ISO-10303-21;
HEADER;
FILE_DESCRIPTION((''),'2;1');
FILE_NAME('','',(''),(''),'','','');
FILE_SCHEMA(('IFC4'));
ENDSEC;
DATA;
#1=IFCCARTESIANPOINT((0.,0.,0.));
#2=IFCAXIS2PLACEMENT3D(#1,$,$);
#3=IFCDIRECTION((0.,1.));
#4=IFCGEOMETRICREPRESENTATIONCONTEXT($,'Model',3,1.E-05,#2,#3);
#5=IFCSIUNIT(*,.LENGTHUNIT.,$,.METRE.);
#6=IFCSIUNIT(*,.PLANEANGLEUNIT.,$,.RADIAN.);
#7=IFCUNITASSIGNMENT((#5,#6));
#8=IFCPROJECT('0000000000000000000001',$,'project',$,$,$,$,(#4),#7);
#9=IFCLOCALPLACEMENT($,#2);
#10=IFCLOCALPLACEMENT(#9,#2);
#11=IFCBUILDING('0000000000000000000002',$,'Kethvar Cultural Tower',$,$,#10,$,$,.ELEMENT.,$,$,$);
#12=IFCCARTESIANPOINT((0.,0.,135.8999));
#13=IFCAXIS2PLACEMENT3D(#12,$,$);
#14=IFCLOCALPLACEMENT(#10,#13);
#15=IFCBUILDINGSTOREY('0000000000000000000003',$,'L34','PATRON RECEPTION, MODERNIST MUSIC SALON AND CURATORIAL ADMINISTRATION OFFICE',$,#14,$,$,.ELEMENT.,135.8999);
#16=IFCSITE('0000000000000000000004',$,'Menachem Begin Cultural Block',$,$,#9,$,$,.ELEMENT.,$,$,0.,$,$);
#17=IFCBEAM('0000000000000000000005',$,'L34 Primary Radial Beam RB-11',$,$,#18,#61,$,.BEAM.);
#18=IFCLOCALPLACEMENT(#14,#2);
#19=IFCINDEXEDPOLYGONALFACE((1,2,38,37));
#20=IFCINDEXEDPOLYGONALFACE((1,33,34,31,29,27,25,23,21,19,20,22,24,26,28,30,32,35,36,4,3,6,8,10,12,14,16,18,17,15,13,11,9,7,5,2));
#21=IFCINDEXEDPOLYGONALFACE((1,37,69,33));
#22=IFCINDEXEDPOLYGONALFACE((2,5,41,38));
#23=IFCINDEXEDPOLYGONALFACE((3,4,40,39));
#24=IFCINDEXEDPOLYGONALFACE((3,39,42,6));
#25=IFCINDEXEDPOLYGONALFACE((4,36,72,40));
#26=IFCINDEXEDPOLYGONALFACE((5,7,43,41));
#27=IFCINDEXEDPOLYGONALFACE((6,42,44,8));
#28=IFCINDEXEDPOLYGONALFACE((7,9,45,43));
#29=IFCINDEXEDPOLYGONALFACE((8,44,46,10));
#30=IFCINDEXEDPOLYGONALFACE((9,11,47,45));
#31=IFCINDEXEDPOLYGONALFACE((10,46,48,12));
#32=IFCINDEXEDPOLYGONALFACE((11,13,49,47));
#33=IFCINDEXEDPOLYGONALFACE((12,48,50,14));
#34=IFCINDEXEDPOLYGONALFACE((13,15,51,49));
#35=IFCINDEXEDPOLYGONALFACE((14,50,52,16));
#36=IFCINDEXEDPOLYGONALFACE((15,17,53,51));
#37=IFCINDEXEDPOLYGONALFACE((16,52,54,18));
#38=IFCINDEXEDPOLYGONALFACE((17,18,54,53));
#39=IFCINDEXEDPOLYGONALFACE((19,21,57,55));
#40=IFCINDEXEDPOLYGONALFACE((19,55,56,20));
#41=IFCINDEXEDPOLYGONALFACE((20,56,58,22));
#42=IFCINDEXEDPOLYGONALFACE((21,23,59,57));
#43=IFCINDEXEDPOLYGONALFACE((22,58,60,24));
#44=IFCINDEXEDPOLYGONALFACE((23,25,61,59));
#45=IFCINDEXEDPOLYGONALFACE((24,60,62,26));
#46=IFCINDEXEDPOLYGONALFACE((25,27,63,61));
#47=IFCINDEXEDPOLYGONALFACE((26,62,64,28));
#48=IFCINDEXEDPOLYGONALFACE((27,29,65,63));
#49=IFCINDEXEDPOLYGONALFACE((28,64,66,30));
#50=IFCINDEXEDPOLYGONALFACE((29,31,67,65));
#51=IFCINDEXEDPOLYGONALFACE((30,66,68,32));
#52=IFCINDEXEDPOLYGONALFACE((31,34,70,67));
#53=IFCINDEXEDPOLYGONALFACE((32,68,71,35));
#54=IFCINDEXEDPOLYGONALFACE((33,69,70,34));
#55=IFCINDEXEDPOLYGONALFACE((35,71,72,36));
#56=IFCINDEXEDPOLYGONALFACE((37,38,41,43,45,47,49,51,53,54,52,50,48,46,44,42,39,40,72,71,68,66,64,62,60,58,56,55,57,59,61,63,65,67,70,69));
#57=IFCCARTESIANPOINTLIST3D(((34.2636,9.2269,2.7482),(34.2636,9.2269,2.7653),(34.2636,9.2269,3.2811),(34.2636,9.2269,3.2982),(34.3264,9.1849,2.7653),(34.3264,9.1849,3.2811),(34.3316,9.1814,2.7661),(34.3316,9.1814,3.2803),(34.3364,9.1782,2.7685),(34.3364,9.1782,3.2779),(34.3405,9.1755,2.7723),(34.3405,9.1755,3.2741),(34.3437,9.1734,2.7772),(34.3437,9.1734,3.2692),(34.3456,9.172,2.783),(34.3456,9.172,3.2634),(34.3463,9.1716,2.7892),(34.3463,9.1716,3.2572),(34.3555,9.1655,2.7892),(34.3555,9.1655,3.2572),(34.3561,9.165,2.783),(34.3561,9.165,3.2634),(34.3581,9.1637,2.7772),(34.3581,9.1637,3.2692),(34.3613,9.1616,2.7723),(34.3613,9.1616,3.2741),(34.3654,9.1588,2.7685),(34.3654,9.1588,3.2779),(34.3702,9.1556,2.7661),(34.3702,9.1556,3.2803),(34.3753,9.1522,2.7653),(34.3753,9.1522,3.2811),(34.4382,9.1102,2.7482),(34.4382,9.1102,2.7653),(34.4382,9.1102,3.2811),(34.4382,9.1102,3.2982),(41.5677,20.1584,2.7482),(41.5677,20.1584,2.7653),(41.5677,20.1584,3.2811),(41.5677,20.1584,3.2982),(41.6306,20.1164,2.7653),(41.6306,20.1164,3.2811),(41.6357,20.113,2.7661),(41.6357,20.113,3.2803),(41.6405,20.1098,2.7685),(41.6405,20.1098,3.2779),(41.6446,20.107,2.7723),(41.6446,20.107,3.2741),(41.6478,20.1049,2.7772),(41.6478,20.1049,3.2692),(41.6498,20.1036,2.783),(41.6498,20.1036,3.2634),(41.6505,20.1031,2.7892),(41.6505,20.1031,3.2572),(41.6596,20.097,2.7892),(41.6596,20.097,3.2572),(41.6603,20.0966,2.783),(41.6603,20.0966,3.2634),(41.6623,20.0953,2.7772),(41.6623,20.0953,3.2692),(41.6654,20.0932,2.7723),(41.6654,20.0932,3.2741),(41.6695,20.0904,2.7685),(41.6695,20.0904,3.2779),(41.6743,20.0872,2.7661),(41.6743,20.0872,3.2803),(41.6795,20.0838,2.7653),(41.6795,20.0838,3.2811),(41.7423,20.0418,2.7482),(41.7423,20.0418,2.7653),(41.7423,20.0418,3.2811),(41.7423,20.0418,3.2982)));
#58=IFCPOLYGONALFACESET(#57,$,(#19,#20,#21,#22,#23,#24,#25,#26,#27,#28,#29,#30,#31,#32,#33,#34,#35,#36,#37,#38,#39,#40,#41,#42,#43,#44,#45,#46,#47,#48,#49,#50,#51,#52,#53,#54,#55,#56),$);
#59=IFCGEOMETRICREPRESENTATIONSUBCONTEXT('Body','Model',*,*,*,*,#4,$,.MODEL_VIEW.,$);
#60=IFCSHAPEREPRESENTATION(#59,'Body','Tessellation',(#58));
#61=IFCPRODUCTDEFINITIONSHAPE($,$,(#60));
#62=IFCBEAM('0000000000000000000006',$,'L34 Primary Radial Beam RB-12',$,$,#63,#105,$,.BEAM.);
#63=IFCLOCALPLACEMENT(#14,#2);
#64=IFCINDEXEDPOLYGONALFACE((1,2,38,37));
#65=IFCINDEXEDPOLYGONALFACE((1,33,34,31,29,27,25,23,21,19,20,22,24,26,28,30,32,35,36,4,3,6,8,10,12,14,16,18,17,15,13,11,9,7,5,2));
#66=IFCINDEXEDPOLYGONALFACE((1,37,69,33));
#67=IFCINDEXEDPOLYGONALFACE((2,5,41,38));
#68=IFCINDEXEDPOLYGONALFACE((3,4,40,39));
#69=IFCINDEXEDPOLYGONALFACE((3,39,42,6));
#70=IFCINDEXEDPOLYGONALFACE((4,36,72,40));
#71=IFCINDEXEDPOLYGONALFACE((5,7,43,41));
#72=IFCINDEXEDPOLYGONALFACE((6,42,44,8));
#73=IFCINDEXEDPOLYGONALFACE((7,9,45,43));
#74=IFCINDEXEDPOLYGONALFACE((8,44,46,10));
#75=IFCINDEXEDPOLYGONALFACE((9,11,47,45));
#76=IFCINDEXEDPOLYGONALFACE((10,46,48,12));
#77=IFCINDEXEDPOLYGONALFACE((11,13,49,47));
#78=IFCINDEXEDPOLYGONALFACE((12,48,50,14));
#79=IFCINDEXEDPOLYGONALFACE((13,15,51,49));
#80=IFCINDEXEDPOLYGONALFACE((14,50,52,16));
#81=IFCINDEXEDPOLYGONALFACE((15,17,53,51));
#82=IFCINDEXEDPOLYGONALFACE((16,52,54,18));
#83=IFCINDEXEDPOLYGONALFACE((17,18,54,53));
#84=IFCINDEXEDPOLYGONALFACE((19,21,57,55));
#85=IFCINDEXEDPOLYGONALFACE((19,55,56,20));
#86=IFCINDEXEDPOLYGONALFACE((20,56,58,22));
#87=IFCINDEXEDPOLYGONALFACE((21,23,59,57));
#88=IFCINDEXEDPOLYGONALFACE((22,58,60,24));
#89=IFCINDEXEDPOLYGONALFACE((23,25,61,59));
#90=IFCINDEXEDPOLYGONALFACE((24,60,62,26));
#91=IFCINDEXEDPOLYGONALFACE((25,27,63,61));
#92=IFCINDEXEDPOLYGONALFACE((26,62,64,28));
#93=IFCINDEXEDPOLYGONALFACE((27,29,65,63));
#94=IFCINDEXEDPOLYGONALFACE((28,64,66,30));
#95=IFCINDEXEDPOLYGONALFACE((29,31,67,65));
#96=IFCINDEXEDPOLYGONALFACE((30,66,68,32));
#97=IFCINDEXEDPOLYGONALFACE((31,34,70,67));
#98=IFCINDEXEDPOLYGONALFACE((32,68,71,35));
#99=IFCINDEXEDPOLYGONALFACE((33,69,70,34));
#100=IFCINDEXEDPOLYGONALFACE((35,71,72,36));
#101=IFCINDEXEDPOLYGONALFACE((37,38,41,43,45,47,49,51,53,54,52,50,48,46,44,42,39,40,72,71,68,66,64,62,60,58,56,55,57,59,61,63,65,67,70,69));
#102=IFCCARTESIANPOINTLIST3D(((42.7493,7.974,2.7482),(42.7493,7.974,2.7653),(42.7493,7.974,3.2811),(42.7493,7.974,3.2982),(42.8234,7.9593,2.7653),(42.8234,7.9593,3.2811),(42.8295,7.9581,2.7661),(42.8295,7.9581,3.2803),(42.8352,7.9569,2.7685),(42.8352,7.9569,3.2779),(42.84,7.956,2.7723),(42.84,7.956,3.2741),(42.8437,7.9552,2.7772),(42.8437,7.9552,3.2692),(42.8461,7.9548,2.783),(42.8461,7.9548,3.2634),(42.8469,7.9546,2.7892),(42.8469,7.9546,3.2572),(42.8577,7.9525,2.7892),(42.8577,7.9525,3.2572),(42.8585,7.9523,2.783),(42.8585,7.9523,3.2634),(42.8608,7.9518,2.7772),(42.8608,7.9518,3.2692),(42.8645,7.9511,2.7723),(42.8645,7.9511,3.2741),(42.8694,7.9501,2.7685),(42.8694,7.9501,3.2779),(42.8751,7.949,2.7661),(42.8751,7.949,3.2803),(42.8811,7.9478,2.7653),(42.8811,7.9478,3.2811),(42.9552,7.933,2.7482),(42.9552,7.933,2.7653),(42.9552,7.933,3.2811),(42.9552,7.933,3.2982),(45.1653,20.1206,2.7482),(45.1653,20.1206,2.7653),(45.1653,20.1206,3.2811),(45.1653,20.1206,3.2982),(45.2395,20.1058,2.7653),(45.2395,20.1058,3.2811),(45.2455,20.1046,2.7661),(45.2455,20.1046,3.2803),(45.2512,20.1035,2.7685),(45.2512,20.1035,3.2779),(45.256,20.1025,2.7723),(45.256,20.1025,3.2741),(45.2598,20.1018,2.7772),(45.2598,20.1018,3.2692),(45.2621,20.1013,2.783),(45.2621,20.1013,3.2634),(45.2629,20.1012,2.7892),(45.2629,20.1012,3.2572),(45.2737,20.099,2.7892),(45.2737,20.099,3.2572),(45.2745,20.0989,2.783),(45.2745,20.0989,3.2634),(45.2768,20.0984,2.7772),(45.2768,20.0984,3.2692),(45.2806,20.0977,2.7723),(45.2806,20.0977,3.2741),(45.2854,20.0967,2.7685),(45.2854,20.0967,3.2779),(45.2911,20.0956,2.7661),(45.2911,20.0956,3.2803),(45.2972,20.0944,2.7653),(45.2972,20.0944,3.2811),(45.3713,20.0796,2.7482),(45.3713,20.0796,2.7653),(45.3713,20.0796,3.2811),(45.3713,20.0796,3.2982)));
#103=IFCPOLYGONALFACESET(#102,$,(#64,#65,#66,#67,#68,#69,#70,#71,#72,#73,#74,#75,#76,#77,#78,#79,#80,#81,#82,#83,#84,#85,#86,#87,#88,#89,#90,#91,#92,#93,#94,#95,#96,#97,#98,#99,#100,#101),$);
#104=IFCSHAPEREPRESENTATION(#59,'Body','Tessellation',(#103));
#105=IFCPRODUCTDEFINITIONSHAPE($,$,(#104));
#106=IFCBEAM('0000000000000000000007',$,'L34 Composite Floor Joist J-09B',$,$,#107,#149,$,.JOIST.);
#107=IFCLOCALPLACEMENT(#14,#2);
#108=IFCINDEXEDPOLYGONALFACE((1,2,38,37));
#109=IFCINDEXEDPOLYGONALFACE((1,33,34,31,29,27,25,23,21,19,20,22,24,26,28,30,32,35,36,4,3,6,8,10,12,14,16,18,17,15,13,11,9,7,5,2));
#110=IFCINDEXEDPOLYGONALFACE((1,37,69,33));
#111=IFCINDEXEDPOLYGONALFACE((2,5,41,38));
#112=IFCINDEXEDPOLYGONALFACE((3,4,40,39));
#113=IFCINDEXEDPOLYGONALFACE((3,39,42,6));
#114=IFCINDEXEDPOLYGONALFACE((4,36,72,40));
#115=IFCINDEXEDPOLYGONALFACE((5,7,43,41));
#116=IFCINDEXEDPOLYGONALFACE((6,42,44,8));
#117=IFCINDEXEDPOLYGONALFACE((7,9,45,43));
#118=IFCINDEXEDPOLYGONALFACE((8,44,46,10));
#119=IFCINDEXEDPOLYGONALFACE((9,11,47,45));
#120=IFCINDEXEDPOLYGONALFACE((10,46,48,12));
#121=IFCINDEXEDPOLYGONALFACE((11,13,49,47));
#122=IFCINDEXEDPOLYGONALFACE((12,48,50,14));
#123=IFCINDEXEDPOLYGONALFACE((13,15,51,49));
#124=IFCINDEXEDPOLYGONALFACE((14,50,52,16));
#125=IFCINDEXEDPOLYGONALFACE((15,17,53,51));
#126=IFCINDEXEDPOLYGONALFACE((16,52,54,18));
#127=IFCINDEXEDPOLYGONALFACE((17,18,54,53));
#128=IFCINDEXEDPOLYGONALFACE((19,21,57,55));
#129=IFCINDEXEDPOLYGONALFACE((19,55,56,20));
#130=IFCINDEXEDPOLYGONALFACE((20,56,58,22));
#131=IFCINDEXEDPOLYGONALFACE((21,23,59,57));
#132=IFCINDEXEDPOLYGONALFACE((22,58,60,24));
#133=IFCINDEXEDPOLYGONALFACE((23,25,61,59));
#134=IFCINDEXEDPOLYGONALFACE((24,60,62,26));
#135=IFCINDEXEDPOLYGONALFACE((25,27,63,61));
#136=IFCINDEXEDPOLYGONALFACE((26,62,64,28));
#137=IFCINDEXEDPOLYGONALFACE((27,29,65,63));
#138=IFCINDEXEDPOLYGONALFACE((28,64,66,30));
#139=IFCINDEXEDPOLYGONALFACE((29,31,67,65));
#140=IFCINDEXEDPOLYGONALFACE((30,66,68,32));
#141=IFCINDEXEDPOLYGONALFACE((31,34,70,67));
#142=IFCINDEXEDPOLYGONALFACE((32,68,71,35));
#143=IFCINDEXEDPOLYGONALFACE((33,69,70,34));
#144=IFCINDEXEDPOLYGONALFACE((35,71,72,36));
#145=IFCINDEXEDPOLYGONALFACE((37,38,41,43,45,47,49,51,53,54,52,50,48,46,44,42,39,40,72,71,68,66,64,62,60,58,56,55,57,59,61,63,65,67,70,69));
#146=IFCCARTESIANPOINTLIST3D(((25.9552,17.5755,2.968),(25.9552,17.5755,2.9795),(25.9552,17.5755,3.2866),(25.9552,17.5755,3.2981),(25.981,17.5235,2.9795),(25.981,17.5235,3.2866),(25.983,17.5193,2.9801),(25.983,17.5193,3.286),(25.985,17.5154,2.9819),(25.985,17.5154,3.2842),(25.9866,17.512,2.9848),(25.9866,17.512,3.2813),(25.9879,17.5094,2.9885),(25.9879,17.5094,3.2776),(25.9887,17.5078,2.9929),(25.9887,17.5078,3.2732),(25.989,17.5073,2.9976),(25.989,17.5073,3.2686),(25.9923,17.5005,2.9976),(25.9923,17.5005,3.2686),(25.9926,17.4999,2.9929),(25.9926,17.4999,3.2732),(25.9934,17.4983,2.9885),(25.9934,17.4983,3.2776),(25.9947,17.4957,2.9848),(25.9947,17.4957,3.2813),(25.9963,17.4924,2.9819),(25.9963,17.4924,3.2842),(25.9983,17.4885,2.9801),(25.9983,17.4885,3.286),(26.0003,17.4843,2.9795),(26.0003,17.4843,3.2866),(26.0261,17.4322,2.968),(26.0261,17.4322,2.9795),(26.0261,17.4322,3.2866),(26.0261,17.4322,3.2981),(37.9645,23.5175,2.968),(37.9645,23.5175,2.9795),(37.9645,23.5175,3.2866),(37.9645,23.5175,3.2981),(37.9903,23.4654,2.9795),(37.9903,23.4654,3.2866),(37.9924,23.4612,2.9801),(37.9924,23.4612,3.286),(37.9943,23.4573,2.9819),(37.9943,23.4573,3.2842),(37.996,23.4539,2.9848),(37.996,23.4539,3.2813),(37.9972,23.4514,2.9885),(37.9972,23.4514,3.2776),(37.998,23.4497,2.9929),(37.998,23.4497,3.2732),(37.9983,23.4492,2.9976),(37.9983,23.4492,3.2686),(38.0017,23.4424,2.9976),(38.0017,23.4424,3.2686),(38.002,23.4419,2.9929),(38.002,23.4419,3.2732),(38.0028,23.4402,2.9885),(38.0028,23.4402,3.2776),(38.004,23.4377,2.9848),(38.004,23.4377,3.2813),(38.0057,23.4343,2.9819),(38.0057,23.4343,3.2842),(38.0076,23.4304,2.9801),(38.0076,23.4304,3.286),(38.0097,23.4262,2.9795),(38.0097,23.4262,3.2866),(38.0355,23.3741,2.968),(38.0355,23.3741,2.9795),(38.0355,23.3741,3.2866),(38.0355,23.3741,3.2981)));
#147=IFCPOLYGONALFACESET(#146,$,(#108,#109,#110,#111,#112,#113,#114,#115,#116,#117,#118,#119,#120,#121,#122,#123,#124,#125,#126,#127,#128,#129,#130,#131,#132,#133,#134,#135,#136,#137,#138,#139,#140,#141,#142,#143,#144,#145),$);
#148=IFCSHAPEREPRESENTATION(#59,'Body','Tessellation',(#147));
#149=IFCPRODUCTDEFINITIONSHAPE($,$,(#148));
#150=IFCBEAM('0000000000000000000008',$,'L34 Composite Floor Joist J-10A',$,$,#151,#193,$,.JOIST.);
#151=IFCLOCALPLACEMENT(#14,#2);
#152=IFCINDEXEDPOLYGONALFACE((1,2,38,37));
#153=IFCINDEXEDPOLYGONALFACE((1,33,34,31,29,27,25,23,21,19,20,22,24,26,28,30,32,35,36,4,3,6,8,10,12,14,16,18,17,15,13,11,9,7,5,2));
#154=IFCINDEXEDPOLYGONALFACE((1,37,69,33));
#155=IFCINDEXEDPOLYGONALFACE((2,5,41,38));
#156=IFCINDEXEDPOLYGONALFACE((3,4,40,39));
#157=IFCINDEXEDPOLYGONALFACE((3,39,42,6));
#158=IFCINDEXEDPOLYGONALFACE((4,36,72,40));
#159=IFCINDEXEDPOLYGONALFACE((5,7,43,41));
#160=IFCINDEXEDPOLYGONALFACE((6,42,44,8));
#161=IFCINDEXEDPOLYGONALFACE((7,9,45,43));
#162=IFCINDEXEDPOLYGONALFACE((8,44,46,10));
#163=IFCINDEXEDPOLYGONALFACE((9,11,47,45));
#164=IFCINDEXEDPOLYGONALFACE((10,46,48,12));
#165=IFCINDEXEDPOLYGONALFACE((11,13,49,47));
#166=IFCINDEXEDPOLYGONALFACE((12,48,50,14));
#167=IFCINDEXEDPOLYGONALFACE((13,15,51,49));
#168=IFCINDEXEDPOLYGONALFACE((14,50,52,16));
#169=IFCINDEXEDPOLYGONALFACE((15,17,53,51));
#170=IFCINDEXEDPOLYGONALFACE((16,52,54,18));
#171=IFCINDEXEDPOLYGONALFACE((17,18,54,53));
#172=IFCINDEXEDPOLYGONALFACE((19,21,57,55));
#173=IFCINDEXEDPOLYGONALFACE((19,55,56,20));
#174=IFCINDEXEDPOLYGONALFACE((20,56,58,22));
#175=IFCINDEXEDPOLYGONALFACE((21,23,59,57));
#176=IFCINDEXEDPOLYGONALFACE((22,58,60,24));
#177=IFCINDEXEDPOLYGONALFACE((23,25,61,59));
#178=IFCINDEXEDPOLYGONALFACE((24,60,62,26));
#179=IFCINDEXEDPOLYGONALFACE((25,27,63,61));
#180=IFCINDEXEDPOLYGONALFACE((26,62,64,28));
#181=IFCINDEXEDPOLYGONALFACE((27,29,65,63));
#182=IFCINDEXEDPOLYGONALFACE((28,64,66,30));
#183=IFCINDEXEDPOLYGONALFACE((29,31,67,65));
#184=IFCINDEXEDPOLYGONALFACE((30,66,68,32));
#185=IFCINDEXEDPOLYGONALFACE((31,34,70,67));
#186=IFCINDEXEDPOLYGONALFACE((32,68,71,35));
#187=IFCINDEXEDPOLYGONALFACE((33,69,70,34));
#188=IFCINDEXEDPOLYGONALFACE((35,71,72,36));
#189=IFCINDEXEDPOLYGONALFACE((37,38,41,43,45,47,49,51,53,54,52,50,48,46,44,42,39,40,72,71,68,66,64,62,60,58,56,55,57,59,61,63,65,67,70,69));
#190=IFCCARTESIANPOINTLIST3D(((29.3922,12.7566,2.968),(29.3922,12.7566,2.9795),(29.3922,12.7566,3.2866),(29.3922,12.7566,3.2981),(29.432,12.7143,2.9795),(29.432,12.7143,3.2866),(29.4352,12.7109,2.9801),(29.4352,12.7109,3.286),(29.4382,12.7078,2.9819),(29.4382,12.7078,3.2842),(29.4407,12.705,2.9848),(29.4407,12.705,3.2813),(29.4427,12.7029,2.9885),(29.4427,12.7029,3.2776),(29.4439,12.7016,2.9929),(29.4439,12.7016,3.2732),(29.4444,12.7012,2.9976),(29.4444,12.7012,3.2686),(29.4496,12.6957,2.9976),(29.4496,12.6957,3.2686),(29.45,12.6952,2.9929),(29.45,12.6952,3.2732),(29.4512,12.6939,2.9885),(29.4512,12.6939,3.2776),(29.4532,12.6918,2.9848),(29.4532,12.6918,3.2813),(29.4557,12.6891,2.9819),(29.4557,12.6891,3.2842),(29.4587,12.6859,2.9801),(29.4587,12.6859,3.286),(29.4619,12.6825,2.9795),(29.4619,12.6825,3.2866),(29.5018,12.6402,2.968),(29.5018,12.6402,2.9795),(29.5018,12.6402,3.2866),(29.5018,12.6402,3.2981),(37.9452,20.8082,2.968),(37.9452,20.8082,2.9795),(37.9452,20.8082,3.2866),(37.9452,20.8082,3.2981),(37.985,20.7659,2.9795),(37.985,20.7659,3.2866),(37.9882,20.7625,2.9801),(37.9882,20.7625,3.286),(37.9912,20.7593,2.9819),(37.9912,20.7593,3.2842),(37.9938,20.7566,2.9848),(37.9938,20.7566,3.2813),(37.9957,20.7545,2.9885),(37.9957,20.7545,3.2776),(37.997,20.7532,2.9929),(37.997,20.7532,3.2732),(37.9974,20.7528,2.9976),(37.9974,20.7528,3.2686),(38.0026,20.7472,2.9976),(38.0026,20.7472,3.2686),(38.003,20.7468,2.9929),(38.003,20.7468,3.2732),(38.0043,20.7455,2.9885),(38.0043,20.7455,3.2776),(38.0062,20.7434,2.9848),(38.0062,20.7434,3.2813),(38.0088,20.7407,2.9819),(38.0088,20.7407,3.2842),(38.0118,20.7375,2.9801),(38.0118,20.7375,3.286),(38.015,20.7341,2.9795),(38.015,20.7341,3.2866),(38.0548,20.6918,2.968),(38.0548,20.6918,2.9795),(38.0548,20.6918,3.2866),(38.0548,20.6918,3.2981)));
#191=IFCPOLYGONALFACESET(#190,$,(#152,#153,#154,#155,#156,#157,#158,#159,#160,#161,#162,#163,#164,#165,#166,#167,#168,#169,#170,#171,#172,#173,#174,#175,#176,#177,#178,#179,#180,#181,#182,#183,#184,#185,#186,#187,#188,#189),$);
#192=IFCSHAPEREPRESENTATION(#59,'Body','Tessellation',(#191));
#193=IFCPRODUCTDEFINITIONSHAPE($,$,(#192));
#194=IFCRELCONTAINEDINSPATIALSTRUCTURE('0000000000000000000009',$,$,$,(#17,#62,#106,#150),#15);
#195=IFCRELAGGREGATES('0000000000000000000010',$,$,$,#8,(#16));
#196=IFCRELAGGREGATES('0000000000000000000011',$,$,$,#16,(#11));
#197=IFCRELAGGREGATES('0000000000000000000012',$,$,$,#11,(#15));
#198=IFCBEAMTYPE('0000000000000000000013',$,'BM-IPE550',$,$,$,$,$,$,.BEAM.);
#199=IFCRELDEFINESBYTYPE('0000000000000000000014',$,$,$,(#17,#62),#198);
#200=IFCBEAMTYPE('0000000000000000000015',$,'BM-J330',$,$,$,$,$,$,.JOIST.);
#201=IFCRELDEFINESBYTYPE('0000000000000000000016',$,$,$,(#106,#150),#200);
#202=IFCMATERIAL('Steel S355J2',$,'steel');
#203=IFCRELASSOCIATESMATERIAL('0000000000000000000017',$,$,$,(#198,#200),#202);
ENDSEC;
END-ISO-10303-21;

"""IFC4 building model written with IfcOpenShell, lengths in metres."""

from ifc_helpers import new_model, si_unit, direction, frame, origin, origin_2d, place, context, subcontext, project, spatial, i_section, extrude, source, transform, mapped, material, material_profile, profile_set, type_object, element, save


model = new_model("IFC4")

# Units and contexts
model_context = context("Model", 3, precision=1e-05, world=origin(), true_north=direction((0.0, 1.0)))
body_context = subcontext(model_context, "Body", "Model", "MODEL_VIEW")
ifc_project = project(units=[si_unit("LENGTHUNIT", "METRE"), si_unit("PLANEANGLEUNIT", "RADIAN")], contexts=[model_context])

# Site, building, storey
site_placement = place(None, origin())
site = spatial("IfcSite", under=ifc_project, at=site_placement, Name="Menachem Begin Cultural Block", CompositionType="ELEMENT", RefElevation=0.0)
building_placement = place(site_placement, origin())
building = spatial("IfcBuilding", under=site, at=building_placement, Name="Kethvar Cultural Tower", CompositionType="ELEMENT")
storey_placement = place(building_placement, frame((0.0, 0.0, 135.8999)))
storey = spatial("IfcBuildingStorey", under=building, at=storey_placement, Name="L34", Description="PATRON RECEPTION, MODERNIST MUSIC SALON AND CURATORIAL ADMINISTRATION OFFICE", CompositionType="ELEMENT", Elevation=135.8999)

# Beams
ifc_material_1 = material(Name="Steel S355J2", Category="steel")
ifc_material_profile_1 = material_profile(ifc_material_1, i_section(OverallWidth=0.21, OverallDepth=0.55, WebThickness=0.011, FlangeThickness=0.0171, FilletRadius=0.0239, at=origin_2d()), Name="Steel S355J2 — IPE550")
ifc_profile_set_1 = profile_set([ifc_material_profile_1], Name="Steel S355J2 — IPE550")
beam_type_1 = type_object("IfcBeamType", Name="BM-IPE550", PredefinedType="BEAM", material=ifc_profile_set_1)
shared_shape_1 = source(origin(), body_context, "Body", "SweptSolid", [
    extrude(i_section(OverallWidth=0.21, OverallDepth=0.55, WebThickness=0.011, FlangeThickness=0.0171, FilletRadius=0.0239, at=origin_2d()), origin(), (0.0, 0.0, 1.0), 13.1472),
])
beam_1_placement = place(storey_placement, frame((41.655, 20.1001, 3.0232), z_axis=(-0.555566, -0.831473, 0.0), x_axis=(0.831473, -0.555566, 0.0)))
element("IfcBeam", 1, at=beam_1_placement, inside=storey, type_object=beam_type_1, Name="L34 Primary Radial Beam RB-11", PredefinedType="BEAM", context=body_context, shape_type="MappedRepresentation", body=[
    mapped(shared_shape_1, transform((0.0, 0.0, 0.0), scale=1.0)),
])
shared_shape_2 = source(origin(), body_context, "Body", "SweptSolid", [
    extrude(i_section(OverallWidth=0.21, OverallDepth=0.55, WebThickness=0.011, FlangeThickness=0.0171, FilletRadius=0.0239, at=origin_2d()), origin(), (0.0, 0.0, 1.0), 12.3845),
])
beam_2_placement = place(storey_placement, frame((45.2683, 20.1001, 3.0232), z_axis=(-0.195085, -0.980786, 0.0), x_axis=(0.980786, -0.195085, 0.0)))
element("IfcBeam", 2, at=beam_2_placement, inside=storey, type_object=beam_type_1, Name="L34 Primary Radial Beam RB-12", PredefinedType="BEAM", context=body_context, shape_type="MappedRepresentation", body=[
    mapped(shared_shape_2, transform((0.0, 0.0, 0.0), scale=1.0)),
])
ifc_material_profile_2 = material_profile(ifc_material_1, i_section(OverallWidth=0.1599, OverallDepth=0.3301, WebThickness=0.0076, FlangeThickness=0.0115, FilletRadius=0.0181, at=origin_2d()), Name="Steel S355J2 — IPE330")
ifc_profile_set_2 = profile_set([ifc_material_profile_2], Name="Steel S355J2 — IPE330")
beam_type_2 = type_object("IfcBeamType", Name="BM-J330", PredefinedType="JOIST", material=ifc_profile_set_2)
shared_shape_3 = source(origin(), body_context, "Body", "SweptSolid", [
    extrude(i_section(OverallWidth=0.1599, OverallDepth=0.3301, WebThickness=0.0076, FlangeThickness=0.0115, FilletRadius=0.0181, at=origin_2d()), origin(), (0.0, 0.0, 1.0), 13.3989),
])
beam_3_placement = place(storey_placement, frame((38.0, 23.4458, 3.1331), z_axis=(-0.896292, -0.443463, 0.0), x_axis=(0.443463, -0.896292, 0.0)))
element("IfcBeam", 3, at=beam_3_placement, inside=storey, type_object=beam_type_2, Name="L34 Composite Floor Joist J-09B", PredefinedType="JOIST", context=body_context, shape_type="MappedRepresentation", body=[
    mapped(shared_shape_3, transform((0.0, 0.0, 0.0), scale=1.0)),
])
shared_shape_4 = source(origin(), body_context, "Body", "SweptSolid", [
    extrude(i_section(OverallWidth=0.1599, OverallDepth=0.3301, WebThickness=0.0076, FlangeThickness=0.0115, FilletRadius=0.0181, at=origin_2d()), origin(), (0.0, 0.0, 1.0), 11.7466),
])
beam_4_placement = place(storey_placement, frame((38.0, 20.75, 3.1331), z_axis=(-0.72813, -0.685439, 0.0), x_axis=(0.685439, -0.72813, 0.0)))
element("IfcBeam", 4, at=beam_4_placement, inside=storey, type_object=beam_type_2, Name="L34 Composite Floor Joist J-10A", PredefinedType="JOIST", context=body_context, shape_type="MappedRepresentation", body=[
    mapped(shared_shape_4, transform((0.0, 0.0, 0.0), scale=1.0)),
])

save(model, "model.ifc")
